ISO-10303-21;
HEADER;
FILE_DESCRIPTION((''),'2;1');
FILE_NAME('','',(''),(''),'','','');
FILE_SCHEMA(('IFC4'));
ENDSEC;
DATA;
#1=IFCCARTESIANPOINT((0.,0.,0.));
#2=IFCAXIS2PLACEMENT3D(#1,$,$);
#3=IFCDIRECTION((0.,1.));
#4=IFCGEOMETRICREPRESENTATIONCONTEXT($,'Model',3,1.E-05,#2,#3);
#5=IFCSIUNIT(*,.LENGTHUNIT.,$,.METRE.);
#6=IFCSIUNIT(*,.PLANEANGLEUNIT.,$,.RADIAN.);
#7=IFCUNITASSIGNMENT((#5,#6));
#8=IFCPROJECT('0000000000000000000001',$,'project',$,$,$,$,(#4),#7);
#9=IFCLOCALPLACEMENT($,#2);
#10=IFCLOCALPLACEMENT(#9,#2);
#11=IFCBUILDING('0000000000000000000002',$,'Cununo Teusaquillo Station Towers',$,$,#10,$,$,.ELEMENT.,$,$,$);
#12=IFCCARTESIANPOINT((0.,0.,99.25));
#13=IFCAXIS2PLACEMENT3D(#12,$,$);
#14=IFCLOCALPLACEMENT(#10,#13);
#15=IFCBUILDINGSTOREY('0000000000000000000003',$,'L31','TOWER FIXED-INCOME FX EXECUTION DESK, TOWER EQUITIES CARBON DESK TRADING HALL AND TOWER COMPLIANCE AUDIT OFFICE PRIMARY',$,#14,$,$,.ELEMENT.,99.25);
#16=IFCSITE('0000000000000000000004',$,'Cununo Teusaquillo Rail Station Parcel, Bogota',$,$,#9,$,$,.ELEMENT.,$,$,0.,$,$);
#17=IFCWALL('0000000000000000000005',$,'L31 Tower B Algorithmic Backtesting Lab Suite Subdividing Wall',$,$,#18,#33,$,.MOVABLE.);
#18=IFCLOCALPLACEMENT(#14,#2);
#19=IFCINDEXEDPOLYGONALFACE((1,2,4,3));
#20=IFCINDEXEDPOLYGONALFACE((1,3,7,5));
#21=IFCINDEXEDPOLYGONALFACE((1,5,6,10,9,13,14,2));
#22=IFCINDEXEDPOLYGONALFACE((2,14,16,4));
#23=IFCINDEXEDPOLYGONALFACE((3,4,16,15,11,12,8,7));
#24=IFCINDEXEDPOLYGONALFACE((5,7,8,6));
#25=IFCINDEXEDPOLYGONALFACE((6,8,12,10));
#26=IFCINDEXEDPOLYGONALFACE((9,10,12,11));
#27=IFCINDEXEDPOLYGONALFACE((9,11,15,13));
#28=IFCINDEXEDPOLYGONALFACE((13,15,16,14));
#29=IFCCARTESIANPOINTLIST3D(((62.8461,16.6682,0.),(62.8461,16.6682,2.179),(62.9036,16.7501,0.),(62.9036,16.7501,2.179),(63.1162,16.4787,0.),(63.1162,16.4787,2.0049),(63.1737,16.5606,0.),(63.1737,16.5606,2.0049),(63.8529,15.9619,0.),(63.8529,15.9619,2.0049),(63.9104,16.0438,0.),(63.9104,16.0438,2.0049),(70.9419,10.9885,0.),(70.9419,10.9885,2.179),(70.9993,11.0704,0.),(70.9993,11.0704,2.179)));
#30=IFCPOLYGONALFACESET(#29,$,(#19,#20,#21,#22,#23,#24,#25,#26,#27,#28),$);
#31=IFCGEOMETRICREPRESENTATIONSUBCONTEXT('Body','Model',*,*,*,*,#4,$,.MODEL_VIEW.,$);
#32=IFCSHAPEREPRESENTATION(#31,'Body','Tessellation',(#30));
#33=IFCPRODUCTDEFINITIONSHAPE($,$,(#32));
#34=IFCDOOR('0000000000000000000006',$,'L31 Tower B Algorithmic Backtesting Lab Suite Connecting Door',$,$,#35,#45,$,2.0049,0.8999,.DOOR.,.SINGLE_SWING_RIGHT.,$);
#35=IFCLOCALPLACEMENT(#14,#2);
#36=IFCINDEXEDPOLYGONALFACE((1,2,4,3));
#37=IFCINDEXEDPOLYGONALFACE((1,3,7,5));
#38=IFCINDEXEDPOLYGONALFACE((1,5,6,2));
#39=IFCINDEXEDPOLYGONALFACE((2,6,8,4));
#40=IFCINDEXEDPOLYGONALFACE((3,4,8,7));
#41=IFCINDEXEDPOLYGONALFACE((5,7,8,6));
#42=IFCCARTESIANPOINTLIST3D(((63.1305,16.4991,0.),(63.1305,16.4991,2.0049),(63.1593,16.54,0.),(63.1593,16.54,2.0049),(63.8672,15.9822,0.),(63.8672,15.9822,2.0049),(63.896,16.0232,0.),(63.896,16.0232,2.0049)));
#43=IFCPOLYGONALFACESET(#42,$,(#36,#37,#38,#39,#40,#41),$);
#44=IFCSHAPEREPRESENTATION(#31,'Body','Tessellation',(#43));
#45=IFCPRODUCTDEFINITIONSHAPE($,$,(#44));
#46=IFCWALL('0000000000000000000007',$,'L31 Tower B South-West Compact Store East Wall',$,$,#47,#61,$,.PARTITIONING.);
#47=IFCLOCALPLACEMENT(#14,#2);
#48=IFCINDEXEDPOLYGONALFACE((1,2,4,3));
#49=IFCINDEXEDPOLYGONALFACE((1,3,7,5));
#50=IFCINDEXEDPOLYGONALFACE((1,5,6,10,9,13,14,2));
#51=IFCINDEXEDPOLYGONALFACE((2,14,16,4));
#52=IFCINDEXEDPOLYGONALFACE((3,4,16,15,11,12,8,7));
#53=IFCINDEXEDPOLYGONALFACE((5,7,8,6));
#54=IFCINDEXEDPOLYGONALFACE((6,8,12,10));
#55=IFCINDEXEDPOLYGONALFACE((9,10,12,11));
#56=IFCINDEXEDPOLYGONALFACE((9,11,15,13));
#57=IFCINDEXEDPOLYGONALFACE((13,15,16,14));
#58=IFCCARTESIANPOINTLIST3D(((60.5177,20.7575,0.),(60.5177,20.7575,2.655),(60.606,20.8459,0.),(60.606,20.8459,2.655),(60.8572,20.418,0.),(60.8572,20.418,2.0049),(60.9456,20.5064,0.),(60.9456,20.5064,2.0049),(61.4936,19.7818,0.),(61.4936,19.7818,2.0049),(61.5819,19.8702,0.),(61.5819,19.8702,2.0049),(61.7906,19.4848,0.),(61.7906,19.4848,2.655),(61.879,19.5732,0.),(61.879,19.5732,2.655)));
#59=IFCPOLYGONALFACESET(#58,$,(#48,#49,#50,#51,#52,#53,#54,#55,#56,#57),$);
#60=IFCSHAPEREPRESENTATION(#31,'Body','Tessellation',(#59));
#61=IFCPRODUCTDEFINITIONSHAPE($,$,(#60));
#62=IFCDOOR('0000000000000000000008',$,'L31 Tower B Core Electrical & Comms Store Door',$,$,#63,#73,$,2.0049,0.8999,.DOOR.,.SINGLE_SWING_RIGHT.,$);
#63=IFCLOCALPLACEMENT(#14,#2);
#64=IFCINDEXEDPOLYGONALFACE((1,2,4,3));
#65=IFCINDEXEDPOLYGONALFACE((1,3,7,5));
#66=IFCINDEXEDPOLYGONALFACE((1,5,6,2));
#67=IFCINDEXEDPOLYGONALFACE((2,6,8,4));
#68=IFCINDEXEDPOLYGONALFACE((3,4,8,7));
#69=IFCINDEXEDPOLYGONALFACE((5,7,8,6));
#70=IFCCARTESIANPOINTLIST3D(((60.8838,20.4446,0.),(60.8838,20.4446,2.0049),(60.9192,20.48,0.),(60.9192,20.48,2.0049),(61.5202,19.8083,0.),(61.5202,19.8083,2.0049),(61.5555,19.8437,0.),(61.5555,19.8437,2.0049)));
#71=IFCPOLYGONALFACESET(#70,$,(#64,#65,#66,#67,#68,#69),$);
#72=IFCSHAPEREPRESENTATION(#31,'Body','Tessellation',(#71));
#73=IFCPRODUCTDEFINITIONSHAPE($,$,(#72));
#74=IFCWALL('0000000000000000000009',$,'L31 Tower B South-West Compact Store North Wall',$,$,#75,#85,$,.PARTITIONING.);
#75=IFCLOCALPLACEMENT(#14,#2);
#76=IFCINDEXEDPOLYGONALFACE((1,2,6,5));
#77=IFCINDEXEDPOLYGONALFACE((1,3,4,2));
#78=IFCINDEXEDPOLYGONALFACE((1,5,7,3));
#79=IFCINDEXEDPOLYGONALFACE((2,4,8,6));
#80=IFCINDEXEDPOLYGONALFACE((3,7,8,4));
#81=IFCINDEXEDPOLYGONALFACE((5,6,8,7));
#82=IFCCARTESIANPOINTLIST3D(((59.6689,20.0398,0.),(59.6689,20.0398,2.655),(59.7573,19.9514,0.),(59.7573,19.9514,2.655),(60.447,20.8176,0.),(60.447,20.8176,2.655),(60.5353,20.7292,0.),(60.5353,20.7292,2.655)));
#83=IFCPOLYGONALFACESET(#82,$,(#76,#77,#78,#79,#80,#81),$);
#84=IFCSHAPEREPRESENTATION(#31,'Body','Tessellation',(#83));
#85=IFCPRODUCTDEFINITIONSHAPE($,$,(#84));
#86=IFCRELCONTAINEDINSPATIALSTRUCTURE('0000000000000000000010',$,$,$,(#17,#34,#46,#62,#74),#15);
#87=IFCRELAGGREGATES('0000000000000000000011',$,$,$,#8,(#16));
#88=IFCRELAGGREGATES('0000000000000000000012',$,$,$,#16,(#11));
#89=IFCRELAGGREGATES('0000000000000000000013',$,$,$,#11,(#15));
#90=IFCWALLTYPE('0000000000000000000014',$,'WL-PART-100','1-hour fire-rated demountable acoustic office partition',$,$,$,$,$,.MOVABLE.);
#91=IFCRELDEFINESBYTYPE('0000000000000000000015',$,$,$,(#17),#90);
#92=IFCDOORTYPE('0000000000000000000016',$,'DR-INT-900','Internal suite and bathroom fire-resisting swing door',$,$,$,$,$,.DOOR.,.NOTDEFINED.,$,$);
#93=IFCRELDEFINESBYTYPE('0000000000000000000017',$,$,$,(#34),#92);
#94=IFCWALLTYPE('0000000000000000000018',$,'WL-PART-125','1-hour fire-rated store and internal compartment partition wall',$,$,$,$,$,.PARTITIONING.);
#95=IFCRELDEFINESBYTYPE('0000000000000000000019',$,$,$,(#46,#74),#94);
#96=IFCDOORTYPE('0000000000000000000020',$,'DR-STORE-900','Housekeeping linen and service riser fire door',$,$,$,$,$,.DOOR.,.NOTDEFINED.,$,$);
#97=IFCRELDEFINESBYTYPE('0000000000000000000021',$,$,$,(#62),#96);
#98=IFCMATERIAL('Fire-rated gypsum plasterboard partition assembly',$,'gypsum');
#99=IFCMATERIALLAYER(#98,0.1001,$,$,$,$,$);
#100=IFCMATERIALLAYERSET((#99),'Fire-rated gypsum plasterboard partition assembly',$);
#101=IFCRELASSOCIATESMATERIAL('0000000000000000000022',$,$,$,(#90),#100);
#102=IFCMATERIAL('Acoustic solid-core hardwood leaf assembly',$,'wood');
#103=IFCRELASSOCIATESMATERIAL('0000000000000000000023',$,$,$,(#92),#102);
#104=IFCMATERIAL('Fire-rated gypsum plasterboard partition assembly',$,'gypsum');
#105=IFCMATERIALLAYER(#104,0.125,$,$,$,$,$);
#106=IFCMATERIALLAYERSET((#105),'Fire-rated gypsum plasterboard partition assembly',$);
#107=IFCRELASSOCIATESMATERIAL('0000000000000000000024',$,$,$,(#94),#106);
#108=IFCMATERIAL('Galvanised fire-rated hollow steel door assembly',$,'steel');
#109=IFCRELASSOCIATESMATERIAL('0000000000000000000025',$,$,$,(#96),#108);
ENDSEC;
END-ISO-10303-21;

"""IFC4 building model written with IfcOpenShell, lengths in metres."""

from ifc_helpers import new_model, si_unit, direction, frame, frame_2d, origin, place, context, subcontext, project, spatial, rectangle, extrude, source, transform, mapped, material, layer, layer_set, type_object, element, fill, save


model = new_model("IFC4")

# Units and contexts
model_context = context("Model", 3, precision=1e-05, world=origin(), true_north=direction((0.0, 1.0)))
body_context = subcontext(model_context, "Body", "Model", "MODEL_VIEW")
ifc_project = project(units=[si_unit("LENGTHUNIT", "METRE"), si_unit("PLANEANGLEUNIT", "RADIAN")], contexts=[model_context])

# Site, building, storey
site_placement = place(None, origin())
site = spatial("IfcSite", under=ifc_project, at=site_placement, Name="Cununo Teusaquillo Rail Station Parcel, Bogota", CompositionType="ELEMENT", RefElevation=0.0)
building_placement = place(site_placement, origin())
building = spatial("IfcBuilding", under=site, at=building_placement, Name="Cununo Teusaquillo Station Towers", CompositionType="ELEMENT")
storey_placement = place(building_placement, frame((0.0, 0.0, 99.25)))
storey = spatial("IfcBuildingStorey", under=building, at=storey_placement, Name="L31", Description="TOWER FIXED-INCOME FX EXECUTION DESK, TOWER EQUITIES CARBON DESK TRADING HALL AND TOWER COMPLIANCE AUDIT OFFICE PRIMARY", CompositionType="ELEMENT", Elevation=99.25)

# Shared definitions
ifc_material_1 = material(Name="Fire-rated gypsum plasterboard partition assembly", Category="gypsum")
ifc_layer_1 = layer(ifc_material_1, 0.1001)
ifc_layer_set_1 = layer_set([ifc_layer_1], Name="Fire-rated gypsum plasterboard partition assembly")
wall_type_1 = type_object("IfcWallType", Name="WL-PART-100", Description="1-hour fire-rated demountable acoustic office partition", PredefinedType="MOVABLE", material=ifc_layer_set_1)

# Walls, openings, doors
wall_1_placement = place(storey_placement, frame((62.8748, 16.7092, 0.0), z_axis=(0.0, 0.0, 1.0), x_axis=(0.818628, -0.574324, 0.0)))
wall_1 = element("IfcWall", 1, at=wall_1_placement, inside=storey, type_object=wall_type_1, Name="L31 Tower B Algorithmic Backtesting Lab Suite Subdividing Wall", PredefinedType="MOVABLE", context=body_context, shape_type="SweptSolid", body=[
    extrude(rectangle(XDim=9.8894, YDim=0.1001, at=frame_2d((4.9448, 0.0))), origin(), (0.0, 0.0, 1.0), 2.179),
])
shared_shape_1 = source(origin(), body_context, "Body", "SweptSolid", [
    extrude(rectangle(XDim=0.8999, YDim=2.0049, at=frame_2d((0.45, 1.0024))), frame((0.0, 0.0601, 0.0), z_axis=(0.0, -1.0, 0.0), x_axis=(1.0, 0.0, 0.0)), (0.0, 0.0, 1.0), 0.1201),
])
opening_1_placement = place(wall_1_placement, frame((0.3301, 0.0, 0.0)))
opening_1 = element("IfcOpeningElement", 2, at=opening_1_placement, cuts=wall_1, PredefinedType="OPENING", context=body_context, shape_type="MappedRepresentation", body=[
    mapped(shared_shape_1, transform((0.0, 0.0, 0.0), x_axis=(1.0, 0.0, 0.0), y_axis=(0.0, 1.0, 0.0), z_axis=(0.0, 0.0, 1.0), scale=1.0)),
])
ifc_material_2 = material(Name="Acoustic solid-core hardwood leaf assembly", Category="wood")
door_type_1 = type_object("IfcDoorType", Name="DR-INT-900", Description="Internal suite and bathroom fire-resisting swing door", OperationType="NOTDEFINED", PredefinedType="DOOR", material=ifc_material_2)
shared_shape_2 = source(origin(), body_context, "Body", "SweptSolid", [
    extrude(rectangle(XDim=0.8999, YDim=2.0049, at=frame_2d((0.45, 1.0024))), frame((0.0, 0.0249, 0.0), z_axis=(0.0, -1.0, 0.0), x_axis=(1.0, 0.0, 0.0)), (0.0, 0.0, 1.0), 0.05),
])
door_1_placement = place(opening_1_placement, origin())
door_1 = element("IfcDoor", 3, at=door_1_placement, inside=storey, type_object=door_type_1, Name="L31 Tower B Algorithmic Backtesting Lab Suite Connecting Door", OperationType="SINGLE_SWING_RIGHT", OverallHeight=2.0049, OverallWidth=0.8999, PredefinedType="DOOR", context=body_context, shape_type="MappedRepresentation", body=[
    mapped(shared_shape_2, transform((0.0, 0.0, 0.0), x_axis=(1.0, 0.0, 0.0), y_axis=(0.0, 1.0, 0.0), z_axis=(0.0, 0.0, 1.0), scale=1.0)),
])
fill(opening_1, door_1)
ifc_material_3 = material(Name="Fire-rated gypsum plasterboard partition assembly", Category="gypsum")
ifc_layer_2 = layer(ifc_material_3, 0.125)
ifc_layer_set_2 = layer_set([ifc_layer_2], Name="Fire-rated gypsum plasterboard partition assembly")
wall_type_2 = type_object("IfcWallType", Name="WL-PART-125", Description="1-hour fire-rated store and internal compartment partition wall", PredefinedType="PARTITIONING", material=ifc_layer_set_2)
wall_2_placement = place(storey_placement, frame((61.8347, 19.5291, 0.0), z_axis=(0.0, 0.0, 1.0), x_axis=(-0.707175, 0.707039, 0.0)))
wall_2 = element("IfcWall", 4, at=wall_2_placement, inside=storey, type_object=wall_type_2, Name="L31 Tower B South-West Compact Store East Wall", PredefinedType="PARTITIONING", context=body_context, shape_type="SweptSolid", body=[
    extrude(rectangle(XDim=1.8, YDim=0.125, at=frame_2d((0.8999, 0.0))), origin(), (0.0, 0.0, 1.0), 2.655),
])
shared_shape_3 = source(origin(), body_context, "Body", "SweptSolid", [
    extrude(rectangle(XDim=0.8999, YDim=2.0049, at=frame_2d((0.45, 1.0024))), frame((0.0, 0.0725, 0.0), z_axis=(0.0, -1.0, 0.0), x_axis=(1.0, 0.0, 0.0)), (0.0, 0.0, 1.0), 0.145),
])
opening_2_placement = place(wall_2_placement, frame((0.4199, 0.0, 0.0)))
opening_2 = element("IfcOpeningElement", 5, at=opening_2_placement, cuts=wall_2, PredefinedType="OPENING", context=body_context, shape_type="MappedRepresentation", body=[
    mapped(shared_shape_3, transform((0.0, 0.0, 0.0), x_axis=(1.0, 0.0, 0.0), y_axis=(0.0, 1.0, 0.0), z_axis=(0.0, 0.0, 1.0), scale=1.0)),
])
ifc_material_4 = material(Name="Galvanised fire-rated hollow steel door assembly", Category="steel")
door_type_2 = type_object("IfcDoorType", Name="DR-STORE-900", Description="Housekeeping linen and service riser fire door", OperationType="NOTDEFINED", PredefinedType="DOOR", material=ifc_material_4)
door_2_placement = place(opening_2_placement, origin())
door_2 = element("IfcDoor", 6, at=door_2_placement, inside=storey, type_object=door_type_2, Name="L31 Tower B Core Electrical & Comms Store Door", OperationType="SINGLE_SWING_RIGHT", OverallHeight=2.0049, OverallWidth=0.8999, PredefinedType="DOOR", context=body_context, shape_type="MappedRepresentation", body=[
    mapped(shared_shape_2, transform((0.0, 0.0, 0.0), x_axis=(1.0, 0.0, 0.0), y_axis=(0.0, 1.0, 0.0), z_axis=(0.0, 0.0, 1.0), scale=1.0)),
])
fill(opening_2, door_2)

# Wall
wall_3_placement = place(storey_placement, frame((59.7131, 19.9956, 0.0), z_axis=(0.0, 0.0, 1.0), x_axis=(0.707218, 0.706996, 0.0)))
element("IfcWall", 7, at=wall_3_placement, inside=storey, type_object=wall_type_2, Name="L31 Tower B South-West Compact Store North Wall", PredefinedType="PARTITIONING", context=body_context, shape_type="SweptSolid", body=[
    extrude(rectangle(XDim=1.1001, YDim=0.125, at=frame_2d((0.55, 0.0))), origin(), (0.0, 0.0, 1.0), 2.655),
])

save(model, "model.ifc")
